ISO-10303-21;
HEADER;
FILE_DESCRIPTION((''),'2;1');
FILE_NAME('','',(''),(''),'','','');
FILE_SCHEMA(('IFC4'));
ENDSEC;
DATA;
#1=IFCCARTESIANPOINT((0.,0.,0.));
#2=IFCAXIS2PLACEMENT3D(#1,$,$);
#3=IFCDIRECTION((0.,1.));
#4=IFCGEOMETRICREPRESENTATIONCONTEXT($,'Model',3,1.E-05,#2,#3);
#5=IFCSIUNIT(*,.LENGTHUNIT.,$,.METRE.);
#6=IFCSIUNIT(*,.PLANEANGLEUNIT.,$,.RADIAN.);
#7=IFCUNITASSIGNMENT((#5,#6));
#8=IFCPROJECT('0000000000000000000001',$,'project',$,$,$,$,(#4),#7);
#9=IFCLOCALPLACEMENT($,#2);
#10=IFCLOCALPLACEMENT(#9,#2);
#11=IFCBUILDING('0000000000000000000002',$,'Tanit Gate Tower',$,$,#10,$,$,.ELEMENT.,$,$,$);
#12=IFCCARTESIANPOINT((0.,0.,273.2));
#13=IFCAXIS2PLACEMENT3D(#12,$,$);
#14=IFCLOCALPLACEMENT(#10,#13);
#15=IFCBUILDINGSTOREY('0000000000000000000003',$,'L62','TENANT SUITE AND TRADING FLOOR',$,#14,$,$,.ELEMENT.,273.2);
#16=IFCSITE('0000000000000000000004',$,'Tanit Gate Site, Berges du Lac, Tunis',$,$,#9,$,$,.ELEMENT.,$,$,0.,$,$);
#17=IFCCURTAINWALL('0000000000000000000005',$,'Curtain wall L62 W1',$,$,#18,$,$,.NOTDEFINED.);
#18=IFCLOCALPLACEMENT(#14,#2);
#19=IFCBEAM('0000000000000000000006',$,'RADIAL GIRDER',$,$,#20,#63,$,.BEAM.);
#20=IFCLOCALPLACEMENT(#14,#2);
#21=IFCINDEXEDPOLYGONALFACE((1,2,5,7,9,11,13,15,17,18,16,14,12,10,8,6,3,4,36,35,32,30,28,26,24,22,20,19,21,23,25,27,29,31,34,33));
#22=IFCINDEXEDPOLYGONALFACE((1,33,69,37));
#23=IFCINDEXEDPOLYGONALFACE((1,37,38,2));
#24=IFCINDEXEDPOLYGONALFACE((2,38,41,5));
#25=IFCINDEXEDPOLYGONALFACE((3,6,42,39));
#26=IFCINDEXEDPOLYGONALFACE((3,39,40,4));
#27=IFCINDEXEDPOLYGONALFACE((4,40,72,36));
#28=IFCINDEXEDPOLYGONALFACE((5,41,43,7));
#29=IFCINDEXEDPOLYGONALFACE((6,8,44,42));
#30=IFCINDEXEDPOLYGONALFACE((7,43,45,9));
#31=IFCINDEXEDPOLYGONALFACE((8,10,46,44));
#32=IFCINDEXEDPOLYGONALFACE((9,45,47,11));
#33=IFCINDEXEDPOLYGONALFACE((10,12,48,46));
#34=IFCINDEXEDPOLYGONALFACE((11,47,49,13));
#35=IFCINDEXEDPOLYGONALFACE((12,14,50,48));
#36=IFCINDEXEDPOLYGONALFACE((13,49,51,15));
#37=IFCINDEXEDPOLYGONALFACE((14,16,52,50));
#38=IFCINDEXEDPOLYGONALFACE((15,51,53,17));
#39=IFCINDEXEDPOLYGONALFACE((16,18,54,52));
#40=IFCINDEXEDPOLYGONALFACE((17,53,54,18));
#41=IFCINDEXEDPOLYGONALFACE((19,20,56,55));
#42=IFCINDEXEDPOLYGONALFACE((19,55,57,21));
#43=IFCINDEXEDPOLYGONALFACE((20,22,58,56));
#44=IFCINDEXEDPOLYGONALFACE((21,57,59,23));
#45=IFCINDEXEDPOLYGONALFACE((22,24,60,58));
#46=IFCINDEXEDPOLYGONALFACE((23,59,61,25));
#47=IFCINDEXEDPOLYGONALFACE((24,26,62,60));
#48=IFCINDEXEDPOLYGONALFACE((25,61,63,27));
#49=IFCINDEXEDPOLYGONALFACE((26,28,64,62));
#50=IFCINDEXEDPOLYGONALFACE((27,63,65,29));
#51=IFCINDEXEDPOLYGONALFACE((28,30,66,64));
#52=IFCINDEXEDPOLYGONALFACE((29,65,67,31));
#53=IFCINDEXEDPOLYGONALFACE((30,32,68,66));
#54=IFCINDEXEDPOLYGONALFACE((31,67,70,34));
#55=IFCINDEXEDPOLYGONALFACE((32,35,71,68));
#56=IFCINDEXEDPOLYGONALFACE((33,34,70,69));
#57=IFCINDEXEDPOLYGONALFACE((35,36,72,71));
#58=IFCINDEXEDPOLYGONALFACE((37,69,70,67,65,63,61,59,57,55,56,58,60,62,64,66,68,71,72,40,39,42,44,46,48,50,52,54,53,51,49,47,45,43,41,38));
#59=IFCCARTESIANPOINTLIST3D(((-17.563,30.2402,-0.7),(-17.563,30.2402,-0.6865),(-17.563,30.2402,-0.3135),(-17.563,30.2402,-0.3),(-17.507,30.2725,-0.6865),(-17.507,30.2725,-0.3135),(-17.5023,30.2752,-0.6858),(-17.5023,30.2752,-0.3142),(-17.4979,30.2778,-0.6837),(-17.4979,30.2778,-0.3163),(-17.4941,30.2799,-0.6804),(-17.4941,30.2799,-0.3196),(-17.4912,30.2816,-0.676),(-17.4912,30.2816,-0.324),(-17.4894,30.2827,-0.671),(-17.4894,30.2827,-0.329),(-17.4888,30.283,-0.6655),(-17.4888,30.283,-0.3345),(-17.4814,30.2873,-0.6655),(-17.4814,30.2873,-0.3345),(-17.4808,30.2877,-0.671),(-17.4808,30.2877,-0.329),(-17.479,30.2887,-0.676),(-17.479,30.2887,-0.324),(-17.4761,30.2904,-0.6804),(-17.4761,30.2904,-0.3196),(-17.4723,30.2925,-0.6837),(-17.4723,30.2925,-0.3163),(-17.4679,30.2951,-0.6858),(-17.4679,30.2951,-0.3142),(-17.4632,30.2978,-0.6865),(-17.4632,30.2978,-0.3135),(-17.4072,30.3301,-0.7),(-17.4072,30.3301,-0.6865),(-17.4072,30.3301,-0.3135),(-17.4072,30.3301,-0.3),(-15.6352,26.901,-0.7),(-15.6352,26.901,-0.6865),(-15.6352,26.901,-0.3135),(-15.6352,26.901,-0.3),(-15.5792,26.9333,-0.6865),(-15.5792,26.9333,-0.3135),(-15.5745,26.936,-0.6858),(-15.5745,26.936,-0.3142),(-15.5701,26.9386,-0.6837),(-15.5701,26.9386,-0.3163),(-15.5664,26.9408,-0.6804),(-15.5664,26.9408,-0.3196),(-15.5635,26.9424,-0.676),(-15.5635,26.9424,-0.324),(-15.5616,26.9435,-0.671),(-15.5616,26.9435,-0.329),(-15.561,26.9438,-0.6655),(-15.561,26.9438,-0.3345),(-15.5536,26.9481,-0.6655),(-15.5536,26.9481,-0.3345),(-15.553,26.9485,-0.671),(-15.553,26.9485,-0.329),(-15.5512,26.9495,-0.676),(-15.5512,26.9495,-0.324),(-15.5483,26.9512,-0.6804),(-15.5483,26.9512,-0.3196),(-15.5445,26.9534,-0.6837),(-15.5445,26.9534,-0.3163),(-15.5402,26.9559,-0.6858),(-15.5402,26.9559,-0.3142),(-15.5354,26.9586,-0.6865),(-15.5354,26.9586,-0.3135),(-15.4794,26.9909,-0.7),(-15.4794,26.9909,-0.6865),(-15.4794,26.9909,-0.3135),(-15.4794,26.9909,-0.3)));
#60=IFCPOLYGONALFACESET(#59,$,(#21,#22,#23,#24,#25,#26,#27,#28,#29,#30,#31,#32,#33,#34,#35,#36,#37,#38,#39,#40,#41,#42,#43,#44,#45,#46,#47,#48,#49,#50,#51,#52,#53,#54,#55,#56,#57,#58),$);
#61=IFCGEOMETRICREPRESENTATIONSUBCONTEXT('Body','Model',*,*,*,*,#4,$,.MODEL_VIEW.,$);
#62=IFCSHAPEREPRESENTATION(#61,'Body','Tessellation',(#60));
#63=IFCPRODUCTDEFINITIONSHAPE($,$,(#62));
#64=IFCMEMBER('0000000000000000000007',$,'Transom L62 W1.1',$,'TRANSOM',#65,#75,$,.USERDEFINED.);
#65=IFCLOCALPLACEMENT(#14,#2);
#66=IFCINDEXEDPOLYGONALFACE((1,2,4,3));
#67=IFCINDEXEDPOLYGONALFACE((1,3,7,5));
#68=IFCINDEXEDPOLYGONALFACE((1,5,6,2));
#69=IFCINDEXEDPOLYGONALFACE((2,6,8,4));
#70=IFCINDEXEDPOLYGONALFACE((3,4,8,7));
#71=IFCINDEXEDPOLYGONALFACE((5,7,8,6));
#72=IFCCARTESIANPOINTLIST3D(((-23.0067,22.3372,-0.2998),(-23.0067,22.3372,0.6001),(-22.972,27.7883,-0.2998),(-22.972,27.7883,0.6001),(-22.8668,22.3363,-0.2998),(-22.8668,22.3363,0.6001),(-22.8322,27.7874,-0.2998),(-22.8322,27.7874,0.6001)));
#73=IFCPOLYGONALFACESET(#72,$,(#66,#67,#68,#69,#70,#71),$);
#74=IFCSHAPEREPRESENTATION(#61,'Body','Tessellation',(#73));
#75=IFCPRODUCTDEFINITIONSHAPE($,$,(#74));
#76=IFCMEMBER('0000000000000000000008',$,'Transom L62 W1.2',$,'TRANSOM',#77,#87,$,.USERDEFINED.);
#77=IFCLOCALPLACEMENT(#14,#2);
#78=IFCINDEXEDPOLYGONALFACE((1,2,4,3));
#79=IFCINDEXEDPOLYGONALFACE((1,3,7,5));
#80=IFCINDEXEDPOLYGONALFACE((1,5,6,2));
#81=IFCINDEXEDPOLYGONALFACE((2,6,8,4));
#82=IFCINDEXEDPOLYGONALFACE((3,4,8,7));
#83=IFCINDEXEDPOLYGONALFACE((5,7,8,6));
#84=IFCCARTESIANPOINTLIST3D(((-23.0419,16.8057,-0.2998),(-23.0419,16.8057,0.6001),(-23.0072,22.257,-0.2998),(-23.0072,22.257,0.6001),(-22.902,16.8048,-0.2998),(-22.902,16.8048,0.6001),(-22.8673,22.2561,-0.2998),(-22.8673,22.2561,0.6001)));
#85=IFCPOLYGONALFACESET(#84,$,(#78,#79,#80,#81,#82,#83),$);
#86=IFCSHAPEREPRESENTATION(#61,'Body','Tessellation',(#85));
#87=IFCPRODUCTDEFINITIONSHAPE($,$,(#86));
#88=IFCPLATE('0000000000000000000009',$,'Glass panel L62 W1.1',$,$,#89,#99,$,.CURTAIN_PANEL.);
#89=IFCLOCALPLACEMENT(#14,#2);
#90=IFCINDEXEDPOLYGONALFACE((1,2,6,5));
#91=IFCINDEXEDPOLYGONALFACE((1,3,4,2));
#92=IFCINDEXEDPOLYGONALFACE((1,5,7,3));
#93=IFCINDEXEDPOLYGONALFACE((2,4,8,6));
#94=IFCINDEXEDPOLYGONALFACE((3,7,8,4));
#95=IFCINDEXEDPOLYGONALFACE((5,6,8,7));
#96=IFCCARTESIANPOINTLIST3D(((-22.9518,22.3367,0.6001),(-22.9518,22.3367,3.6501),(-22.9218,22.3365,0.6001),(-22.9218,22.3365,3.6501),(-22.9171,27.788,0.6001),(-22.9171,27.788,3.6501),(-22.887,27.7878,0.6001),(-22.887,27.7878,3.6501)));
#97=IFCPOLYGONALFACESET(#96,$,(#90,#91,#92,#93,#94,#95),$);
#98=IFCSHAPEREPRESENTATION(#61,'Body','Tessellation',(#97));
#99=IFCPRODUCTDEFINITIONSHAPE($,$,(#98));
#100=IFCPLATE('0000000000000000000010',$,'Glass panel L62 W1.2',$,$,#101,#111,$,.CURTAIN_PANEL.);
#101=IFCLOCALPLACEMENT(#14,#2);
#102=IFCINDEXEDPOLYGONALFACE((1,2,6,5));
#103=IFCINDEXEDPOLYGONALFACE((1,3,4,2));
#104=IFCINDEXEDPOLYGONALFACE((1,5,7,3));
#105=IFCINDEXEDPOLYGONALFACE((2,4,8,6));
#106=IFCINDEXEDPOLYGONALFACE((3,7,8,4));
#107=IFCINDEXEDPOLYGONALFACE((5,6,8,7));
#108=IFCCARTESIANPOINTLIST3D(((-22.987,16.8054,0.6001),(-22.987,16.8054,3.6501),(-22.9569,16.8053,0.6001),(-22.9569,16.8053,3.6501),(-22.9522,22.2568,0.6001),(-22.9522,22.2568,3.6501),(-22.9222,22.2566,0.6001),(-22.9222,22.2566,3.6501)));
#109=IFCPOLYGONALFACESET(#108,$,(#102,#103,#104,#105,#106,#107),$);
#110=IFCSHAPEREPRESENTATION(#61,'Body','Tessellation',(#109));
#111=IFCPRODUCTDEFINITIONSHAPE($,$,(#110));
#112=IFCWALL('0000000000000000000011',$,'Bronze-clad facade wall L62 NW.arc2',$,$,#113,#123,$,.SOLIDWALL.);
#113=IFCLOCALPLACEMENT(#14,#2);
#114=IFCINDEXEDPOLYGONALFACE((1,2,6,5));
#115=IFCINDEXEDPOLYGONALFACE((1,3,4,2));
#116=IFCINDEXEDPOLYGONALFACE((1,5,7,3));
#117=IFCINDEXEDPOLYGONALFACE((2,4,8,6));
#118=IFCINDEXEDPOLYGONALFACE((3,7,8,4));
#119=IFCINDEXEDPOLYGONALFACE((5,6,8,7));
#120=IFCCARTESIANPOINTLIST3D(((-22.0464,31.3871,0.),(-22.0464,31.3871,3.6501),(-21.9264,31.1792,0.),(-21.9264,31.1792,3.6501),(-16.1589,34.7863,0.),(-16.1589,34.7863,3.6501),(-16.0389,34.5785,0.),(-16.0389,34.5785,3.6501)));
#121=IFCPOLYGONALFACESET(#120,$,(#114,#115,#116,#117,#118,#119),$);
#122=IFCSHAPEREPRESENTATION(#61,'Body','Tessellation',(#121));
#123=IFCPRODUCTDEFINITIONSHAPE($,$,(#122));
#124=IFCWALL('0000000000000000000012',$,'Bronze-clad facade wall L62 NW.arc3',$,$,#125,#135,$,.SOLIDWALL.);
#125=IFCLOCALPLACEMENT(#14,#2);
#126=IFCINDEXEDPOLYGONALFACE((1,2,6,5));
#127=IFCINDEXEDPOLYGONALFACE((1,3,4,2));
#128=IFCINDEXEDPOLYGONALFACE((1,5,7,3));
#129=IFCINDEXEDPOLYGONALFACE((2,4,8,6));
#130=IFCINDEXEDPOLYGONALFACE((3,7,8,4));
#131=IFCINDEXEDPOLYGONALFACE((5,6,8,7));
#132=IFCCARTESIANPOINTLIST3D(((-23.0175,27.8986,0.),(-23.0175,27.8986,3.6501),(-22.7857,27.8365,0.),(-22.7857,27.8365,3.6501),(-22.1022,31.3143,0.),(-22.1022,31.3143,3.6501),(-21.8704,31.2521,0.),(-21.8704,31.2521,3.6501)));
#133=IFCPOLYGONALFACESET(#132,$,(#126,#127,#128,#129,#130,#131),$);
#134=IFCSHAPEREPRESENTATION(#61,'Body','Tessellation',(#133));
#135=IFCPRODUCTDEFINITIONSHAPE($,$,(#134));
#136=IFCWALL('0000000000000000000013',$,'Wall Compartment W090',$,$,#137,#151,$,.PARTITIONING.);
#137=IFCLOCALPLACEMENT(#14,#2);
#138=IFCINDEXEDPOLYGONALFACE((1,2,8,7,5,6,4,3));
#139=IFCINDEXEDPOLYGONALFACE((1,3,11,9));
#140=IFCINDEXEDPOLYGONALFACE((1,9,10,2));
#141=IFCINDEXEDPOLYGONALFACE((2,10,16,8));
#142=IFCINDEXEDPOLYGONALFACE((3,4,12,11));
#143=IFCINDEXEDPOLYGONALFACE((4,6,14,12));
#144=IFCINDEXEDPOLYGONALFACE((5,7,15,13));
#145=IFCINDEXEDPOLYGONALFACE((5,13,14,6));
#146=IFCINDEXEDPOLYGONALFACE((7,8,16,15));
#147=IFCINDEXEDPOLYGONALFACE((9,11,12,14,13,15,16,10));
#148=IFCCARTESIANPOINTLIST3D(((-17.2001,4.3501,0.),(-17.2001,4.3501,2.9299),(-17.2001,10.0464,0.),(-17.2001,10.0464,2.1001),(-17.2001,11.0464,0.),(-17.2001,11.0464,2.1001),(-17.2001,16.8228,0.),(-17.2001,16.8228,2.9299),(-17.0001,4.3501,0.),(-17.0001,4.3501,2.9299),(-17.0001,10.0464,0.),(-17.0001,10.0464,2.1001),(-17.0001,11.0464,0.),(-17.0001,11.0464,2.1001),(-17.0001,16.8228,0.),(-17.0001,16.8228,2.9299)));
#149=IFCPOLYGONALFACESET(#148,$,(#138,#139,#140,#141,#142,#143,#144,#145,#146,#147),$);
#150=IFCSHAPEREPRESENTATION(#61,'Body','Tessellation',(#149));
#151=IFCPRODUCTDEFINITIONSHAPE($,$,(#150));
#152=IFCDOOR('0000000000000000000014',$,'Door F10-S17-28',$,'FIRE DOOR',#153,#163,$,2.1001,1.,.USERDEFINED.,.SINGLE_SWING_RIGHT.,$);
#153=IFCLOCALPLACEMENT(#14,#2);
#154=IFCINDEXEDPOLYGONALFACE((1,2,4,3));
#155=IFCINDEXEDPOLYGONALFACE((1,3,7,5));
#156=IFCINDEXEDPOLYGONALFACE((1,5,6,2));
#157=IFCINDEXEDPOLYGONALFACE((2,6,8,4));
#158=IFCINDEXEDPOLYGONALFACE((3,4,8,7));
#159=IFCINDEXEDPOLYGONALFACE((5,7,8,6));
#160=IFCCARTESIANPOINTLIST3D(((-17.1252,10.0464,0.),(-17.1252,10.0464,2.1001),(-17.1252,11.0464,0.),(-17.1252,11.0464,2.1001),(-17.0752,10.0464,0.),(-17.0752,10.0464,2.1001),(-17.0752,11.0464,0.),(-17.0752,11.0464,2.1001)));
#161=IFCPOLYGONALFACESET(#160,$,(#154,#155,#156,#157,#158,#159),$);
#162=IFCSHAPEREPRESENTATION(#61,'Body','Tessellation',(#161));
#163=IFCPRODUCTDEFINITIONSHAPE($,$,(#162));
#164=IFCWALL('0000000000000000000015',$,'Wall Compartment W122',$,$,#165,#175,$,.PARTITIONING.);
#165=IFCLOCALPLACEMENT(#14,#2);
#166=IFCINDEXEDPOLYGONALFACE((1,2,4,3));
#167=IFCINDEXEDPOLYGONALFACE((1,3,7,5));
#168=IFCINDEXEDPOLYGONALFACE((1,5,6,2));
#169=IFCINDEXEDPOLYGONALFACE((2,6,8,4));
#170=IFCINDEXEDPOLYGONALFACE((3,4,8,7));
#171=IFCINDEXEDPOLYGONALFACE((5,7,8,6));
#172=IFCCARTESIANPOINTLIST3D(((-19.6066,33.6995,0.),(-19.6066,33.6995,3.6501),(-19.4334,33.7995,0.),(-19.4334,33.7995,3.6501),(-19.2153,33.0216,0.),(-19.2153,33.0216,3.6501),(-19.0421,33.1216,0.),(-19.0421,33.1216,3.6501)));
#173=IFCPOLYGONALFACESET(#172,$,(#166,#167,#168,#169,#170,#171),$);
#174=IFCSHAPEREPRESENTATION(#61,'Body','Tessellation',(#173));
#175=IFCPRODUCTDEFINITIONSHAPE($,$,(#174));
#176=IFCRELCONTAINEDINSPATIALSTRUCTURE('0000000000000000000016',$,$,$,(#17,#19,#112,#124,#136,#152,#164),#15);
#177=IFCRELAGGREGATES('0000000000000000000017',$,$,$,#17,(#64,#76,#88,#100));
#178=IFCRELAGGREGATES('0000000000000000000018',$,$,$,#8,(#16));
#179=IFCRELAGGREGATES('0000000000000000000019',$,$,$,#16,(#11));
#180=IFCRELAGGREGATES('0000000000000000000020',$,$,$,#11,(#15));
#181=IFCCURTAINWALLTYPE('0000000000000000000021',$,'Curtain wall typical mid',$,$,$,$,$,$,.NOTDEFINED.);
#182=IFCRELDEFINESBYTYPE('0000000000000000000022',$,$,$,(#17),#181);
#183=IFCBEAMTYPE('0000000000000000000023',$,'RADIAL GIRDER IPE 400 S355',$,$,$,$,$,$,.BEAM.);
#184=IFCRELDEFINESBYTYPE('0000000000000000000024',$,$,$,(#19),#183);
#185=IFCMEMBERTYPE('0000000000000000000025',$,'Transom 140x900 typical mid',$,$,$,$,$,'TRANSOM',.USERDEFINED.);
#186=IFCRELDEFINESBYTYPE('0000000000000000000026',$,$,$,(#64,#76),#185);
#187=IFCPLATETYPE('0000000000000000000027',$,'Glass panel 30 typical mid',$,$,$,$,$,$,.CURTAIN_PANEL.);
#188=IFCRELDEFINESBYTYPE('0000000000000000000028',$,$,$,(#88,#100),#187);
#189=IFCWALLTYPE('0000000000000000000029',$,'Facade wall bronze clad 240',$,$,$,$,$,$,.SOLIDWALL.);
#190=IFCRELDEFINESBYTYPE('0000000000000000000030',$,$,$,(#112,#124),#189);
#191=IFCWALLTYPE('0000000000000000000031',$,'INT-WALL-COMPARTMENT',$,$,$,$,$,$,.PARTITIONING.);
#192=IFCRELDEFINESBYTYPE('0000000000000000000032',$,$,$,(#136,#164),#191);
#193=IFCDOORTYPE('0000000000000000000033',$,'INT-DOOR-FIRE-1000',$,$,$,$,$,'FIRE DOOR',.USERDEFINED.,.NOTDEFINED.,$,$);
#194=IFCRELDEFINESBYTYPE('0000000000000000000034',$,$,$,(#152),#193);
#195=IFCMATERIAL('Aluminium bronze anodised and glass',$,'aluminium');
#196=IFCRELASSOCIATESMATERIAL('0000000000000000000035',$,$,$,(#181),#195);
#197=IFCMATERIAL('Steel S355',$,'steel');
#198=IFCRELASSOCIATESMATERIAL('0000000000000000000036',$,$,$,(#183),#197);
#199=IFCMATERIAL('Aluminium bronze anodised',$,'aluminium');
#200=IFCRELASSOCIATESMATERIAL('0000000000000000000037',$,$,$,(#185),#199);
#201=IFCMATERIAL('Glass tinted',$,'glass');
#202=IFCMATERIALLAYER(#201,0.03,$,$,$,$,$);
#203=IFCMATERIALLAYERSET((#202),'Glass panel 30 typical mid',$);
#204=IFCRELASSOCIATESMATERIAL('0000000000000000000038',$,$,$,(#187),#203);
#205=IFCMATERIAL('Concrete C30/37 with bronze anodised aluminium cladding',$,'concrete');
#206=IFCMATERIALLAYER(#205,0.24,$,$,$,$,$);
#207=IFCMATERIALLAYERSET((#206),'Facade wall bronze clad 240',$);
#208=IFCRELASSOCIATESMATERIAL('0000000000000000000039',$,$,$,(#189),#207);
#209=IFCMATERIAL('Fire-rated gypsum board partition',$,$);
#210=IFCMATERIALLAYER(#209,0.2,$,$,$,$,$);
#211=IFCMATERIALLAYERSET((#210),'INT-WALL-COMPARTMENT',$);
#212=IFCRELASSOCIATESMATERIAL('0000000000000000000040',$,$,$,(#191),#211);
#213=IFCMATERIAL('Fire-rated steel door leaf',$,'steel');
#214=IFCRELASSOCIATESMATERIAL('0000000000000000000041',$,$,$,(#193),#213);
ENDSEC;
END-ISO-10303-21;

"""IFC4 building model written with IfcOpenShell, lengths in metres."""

from ifc_helpers import new_model, si_unit, direction, frame, frame_2d, origin, origin_2d, place, context, subcontext, project, spatial, rectangle, i_section, extrude, material, layer, layer_set, material_profile, profile_set, type_object, element, fill, aggregate, save


model = new_model("IFC4")

# Units and contexts
model_context = context("Model", 3, precision=1e-05, world=origin(), true_north=direction((0.0, 1.0)))
body_context = subcontext(model_context, "Body", "Model", "MODEL_VIEW")
ifc_project = project(units=[si_unit("LENGTHUNIT", "METRE"), si_unit("PLANEANGLEUNIT", "RADIAN")], contexts=[model_context])

# Site, building, storey
site_placement = place(None, origin())
site = spatial("IfcSite", under=ifc_project, at=site_placement, Name="Tanit Gate Site, Berges du Lac, Tunis", CompositionType="ELEMENT", RefElevation=0.0)
building_placement = place(site_placement, origin())
building = spatial("IfcBuilding", under=site, at=building_placement, Name="Tanit Gate Tower", CompositionType="ELEMENT")
storey_placement = place(building_placement, frame((0.0, 0.0, 273.2)))
storey = spatial("IfcBuildingStorey", under=building, at=storey_placement, Name="L62", Description="TENANT SUITE AND TRADING FLOOR", CompositionType="ELEMENT", Elevation=273.2)

# Curtain wall
ifc_material_1 = material(Name="Aluminium bronze anodised and glass", Category="aluminium")
curtain_wall_type = type_object("IfcCurtainWallType", Name="Curtain wall typical mid", PredefinedType="NOTDEFINED", material=ifc_material_1)
curtain_wall_placement = place(storey_placement, origin())
curtain_wall = element("IfcCurtainWall", 1, at=curtain_wall_placement, inside=storey, type_object=curtain_wall_type, Name="Curtain wall L62 W1", PredefinedType="NOTDEFINED")

# Beam
ifc_material_2 = material(Name="Steel S355", Category="steel")
ifc_material_profile_1 = material_profile(ifc_material_2, i_section(OverallWidth=0.1799, OverallDepth=0.3999, WebThickness=0.0085, FlangeThickness=0.0134, FilletRadius=0.021, at=origin_2d()), Name="IPE 400")
ifc_profile_set_1 = profile_set([ifc_material_profile_1], Name="Steel S355")
beam_type_1 = type_object("IfcBeamType", Name="RADIAL GIRDER IPE 400 S355", PredefinedType="BEAM", material=ifc_profile_set_1)
beam_1_placement = place(storey_placement, frame((-17.4851, 30.2852, -0.5), z_axis=(0.49998, -0.866037, 0.0), x_axis=(0.866037, 0.49998, 0.0)))
element("IfcBeam", 2, at=beam_1_placement, inside=storey, type_object=beam_type_1, Name="RADIAL GIRDER", PredefinedType="BEAM", context=body_context, shape_type="SweptSolid", body=[
    extrude(i_section(OverallWidth=0.1799, OverallDepth=0.3999, WebThickness=0.0085, FlangeThickness=0.0134, FilletRadius=0.021, at=origin_2d()), origin(), (0.0, 0.0, 1.0), 3.8557),
])

# Members
ifc_material_3 = material(Name="Aluminium bronze anodised", Category="aluminium")
ifc_material_profile_2 = material_profile(ifc_material_3, rectangle(XDim=0.1399, YDim=0.8999, at=origin_2d()), Name="140x900 bronze transom")
ifc_profile_set_2 = profile_set([ifc_material_profile_2], Name="Aluminium bronze anodised")
member_type_1 = type_object("IfcMemberType", Name="Transom 140x900 typical mid", ElementType="TRANSOM", PredefinedType="USERDEFINED", material=ifc_profile_set_2)
member_1_placement = place(storey_placement, frame((-22.9021, 27.7878, 0.1501), z_axis=(-0.00636, -0.99998, 0.0), x_axis=(0.99998, -0.00636, 0.0)))
member_1 = element("IfcMember", 3, at=member_1_placement, type_object=member_type_1, Name="Transom L62 W1.1", ObjectType="TRANSOM", PredefinedType="USERDEFINED", context=body_context, shape_type="SweptSolid", body=[
    extrude(rectangle(XDim=0.1399, YDim=0.8999, at=origin_2d()), origin(), (0.0, 0.0, 1.0), 5.4512),
])
member_2_placement = place(storey_placement, frame((-22.9373, 22.2566, 0.1501), z_axis=(-0.006359, -0.99998, 0.0), x_axis=(0.99998, -0.006359, 0.0)))
member_2 = element("IfcMember", 4, at=member_2_placement, type_object=member_type_1, Name="Transom L62 W1.2", ObjectType="TRANSOM", PredefinedType="USERDEFINED", context=body_context, shape_type="SweptSolid", body=[
    extrude(rectangle(XDim=0.1399, YDim=0.8999, at=origin_2d()), origin(), (0.0, 0.0, 1.0), 5.4514),
])

# Plates
ifc_material_4 = material(Name="Glass tinted", Category="glass")
ifc_layer_1 = layer(ifc_material_4, 0.03)
ifc_layer_set_1 = layer_set([ifc_layer_1], Name="Glass panel 30 typical mid")
plate_type = type_object("IfcPlateType", Name="Glass panel 30 typical mid", PredefinedType="CURTAIN_PANEL", material=ifc_layer_set_1)
plate_1_placement = place(storey_placement, frame((-22.9194, 25.0623, 0.6001), z_axis=(0.0, 0.0, 1.0), x_axis=(-0.006374, -0.99998, 0.0)))
plate_1 = element("IfcPlate", 5, at=plate_1_placement, type_object=plate_type, Name="Glass panel L62 W1.1", PredefinedType="CURTAIN_PANEL", context=body_context, shape_type="SweptSolid", body=[
    extrude(rectangle(XDim=5.4514, YDim=0.03, at=origin_2d()), origin(), (0.0, 0.0, 1.0), 3.05),
])
plate_2_placement = place(storey_placement, frame((-22.9546, 19.531, 0.6001), z_axis=(0.0, 0.0, 1.0), x_axis=(-0.006374, -0.99998, 0.0)))
plate_2 = element("IfcPlate", 6, at=plate_2_placement, type_object=plate_type, Name="Glass panel L62 W1.2", PredefinedType="CURTAIN_PANEL", context=body_context, shape_type="SweptSolid", body=[
    extrude(rectangle(XDim=5.4514, YDim=0.03, at=origin_2d()), origin(), (0.0, 0.0, 1.0), 3.05),
])
aggregate(curtain_wall, [member_1, member_2, plate_1, plate_2])

# Walls
ifc_material_5 = material(Name="Concrete C30/37 with bronze anodised aluminium cladding", Category="concrete")
ifc_layer_2 = layer(ifc_material_5, 0.24)
ifc_layer_set_2 = layer_set([ifc_layer_2], Name="Facade wall bronze clad 240")
wall_type_1 = type_object("IfcWallType", Name="Facade wall bronze clad 240", PredefinedType="SOLIDWALL", material=ifc_layer_set_2)
wall_1_placement = place(storey_placement, frame((-16.0989, 34.6824, 0.0), z_axis=(0.0, 0.0, 1.0), x_axis=(-0.866022, -0.500005, 0.0)))
element("IfcWall", 7, at=wall_1_placement, inside=storey, type_object=wall_type_1, Name="Bronze-clad facade wall L62 NW.arc2", PredefinedType="SOLIDWALL", context=body_context, shape_type="SweptSolid", body=[
    extrude(rectangle(XDim=6.7983, YDim=0.24, at=frame_2d((3.3992, 0.0))), origin(), (0.0, 0.0, 1.0), 3.6501),
])
wall_2_placement = place(storey_placement, frame((-21.9863, 31.2832, 0.0), z_axis=(0.0, 0.0, 1.0), x_axis=(-0.258844, -0.965919, 0.0)))
element("IfcWall", 8, at=wall_2_placement, inside=storey, type_object=wall_type_1, Name="Bronze-clad facade wall L62 NW.arc3", PredefinedType="SOLIDWALL", context=body_context, shape_type="SweptSolid", body=[
    extrude(rectangle(XDim=3.5361, YDim=0.24, at=frame_2d((1.7681, 0.0))), origin(), (0.0, 0.0, 1.0), 3.6501),
])

# Wall, opening, door
ifc_material_6 = material(Name="Fire-rated gypsum board partition")
ifc_layer_3 = layer(ifc_material_6, 0.2)
ifc_layer_set_3 = layer_set([ifc_layer_3], Name="INT-WALL-COMPARTMENT")
wall_type_2 = type_object("IfcWallType", Name="INT-WALL-COMPARTMENT", PredefinedType="PARTITIONING", material=ifc_layer_set_3)
wall_3_placement = place(storey_placement, frame((-17.1001, 16.8228, 0.0), z_axis=(0.0, 0.0, 1.0), x_axis=(0.0, -1.0, 0.0)))
wall_3 = element("IfcWall", 9, at=wall_3_placement, inside=storey, type_object=wall_type_2, Name="Wall Compartment W090", PredefinedType="PARTITIONING", context=body_context, shape_type="SweptSolid", body=[
    extrude(rectangle(XDim=12.4727, YDim=0.2, at=frame_2d((6.2363, 0.0))), origin(), (0.0, 0.0, 1.0), 2.9299),
])
opening_placement = place(wall_3_placement, frame((5.7764, 0.0, 0.0)))
opening = element("IfcOpeningElement", 10, at=opening_placement, cuts=wall_3, PredefinedType="OPENING", context=body_context, shape_type="SweptSolid", body=[
    extrude(rectangle(XDim=1.0, YDim=2.1001, at=frame_2d((0.5, 1.05))), frame((0.0, 0.1099, 0.0), z_axis=(0.0, -1.0, 0.0), x_axis=(1.0, 0.0, 0.0)), (0.0, 0.0, 1.0), 0.22),
])
ifc_material_7 = material(Name="Fire-rated steel door leaf", Category="steel")
door_type = type_object("IfcDoorType", Name="INT-DOOR-FIRE-1000", ElementType="FIRE DOOR", OperationType="NOTDEFINED", PredefinedType="USERDEFINED", material=ifc_material_7)
door_placement = place(opening_placement, origin())
door = element("IfcDoor", 11, at=door_placement, inside=storey, type_object=door_type, Name="Door F10-S17-28", ObjectType="FIRE DOOR", OperationType="SINGLE_SWING_RIGHT", OverallHeight=2.1001, OverallWidth=1.0, PredefinedType="USERDEFINED", context=body_context, shape_type="SweptSolid", body=[
    extrude(rectangle(XDim=1.0, YDim=2.1001, at=frame_2d((0.5, 1.05))), frame((0.0, 0.0249, 0.0), z_axis=(0.0, -1.0, 0.0), x_axis=(1.0, 0.0, 0.0)), (0.0, 0.0, 1.0), 0.05),
])
fill(opening, door)

# Wall
wall_4_placement = place(storey_placement, frame((-19.52, 33.7495, 0.0), z_axis=(0.0, 0.0, 1.0), x_axis=(0.499929, -0.866066, 0.0)))
element("IfcWall", 12, at=wall_4_placement, inside=storey, type_object=wall_type_2, Name="Wall Compartment W122", PredefinedType="PARTITIONING", context=body_context, shape_type="SweptSolid", body=[
    extrude(rectangle(XDim=0.7827, YDim=0.2, at=frame_2d((0.3914, 0.0))), origin(), (0.0, 0.0, 1.0), 3.6501),
])

save(model, "model.ifc")
